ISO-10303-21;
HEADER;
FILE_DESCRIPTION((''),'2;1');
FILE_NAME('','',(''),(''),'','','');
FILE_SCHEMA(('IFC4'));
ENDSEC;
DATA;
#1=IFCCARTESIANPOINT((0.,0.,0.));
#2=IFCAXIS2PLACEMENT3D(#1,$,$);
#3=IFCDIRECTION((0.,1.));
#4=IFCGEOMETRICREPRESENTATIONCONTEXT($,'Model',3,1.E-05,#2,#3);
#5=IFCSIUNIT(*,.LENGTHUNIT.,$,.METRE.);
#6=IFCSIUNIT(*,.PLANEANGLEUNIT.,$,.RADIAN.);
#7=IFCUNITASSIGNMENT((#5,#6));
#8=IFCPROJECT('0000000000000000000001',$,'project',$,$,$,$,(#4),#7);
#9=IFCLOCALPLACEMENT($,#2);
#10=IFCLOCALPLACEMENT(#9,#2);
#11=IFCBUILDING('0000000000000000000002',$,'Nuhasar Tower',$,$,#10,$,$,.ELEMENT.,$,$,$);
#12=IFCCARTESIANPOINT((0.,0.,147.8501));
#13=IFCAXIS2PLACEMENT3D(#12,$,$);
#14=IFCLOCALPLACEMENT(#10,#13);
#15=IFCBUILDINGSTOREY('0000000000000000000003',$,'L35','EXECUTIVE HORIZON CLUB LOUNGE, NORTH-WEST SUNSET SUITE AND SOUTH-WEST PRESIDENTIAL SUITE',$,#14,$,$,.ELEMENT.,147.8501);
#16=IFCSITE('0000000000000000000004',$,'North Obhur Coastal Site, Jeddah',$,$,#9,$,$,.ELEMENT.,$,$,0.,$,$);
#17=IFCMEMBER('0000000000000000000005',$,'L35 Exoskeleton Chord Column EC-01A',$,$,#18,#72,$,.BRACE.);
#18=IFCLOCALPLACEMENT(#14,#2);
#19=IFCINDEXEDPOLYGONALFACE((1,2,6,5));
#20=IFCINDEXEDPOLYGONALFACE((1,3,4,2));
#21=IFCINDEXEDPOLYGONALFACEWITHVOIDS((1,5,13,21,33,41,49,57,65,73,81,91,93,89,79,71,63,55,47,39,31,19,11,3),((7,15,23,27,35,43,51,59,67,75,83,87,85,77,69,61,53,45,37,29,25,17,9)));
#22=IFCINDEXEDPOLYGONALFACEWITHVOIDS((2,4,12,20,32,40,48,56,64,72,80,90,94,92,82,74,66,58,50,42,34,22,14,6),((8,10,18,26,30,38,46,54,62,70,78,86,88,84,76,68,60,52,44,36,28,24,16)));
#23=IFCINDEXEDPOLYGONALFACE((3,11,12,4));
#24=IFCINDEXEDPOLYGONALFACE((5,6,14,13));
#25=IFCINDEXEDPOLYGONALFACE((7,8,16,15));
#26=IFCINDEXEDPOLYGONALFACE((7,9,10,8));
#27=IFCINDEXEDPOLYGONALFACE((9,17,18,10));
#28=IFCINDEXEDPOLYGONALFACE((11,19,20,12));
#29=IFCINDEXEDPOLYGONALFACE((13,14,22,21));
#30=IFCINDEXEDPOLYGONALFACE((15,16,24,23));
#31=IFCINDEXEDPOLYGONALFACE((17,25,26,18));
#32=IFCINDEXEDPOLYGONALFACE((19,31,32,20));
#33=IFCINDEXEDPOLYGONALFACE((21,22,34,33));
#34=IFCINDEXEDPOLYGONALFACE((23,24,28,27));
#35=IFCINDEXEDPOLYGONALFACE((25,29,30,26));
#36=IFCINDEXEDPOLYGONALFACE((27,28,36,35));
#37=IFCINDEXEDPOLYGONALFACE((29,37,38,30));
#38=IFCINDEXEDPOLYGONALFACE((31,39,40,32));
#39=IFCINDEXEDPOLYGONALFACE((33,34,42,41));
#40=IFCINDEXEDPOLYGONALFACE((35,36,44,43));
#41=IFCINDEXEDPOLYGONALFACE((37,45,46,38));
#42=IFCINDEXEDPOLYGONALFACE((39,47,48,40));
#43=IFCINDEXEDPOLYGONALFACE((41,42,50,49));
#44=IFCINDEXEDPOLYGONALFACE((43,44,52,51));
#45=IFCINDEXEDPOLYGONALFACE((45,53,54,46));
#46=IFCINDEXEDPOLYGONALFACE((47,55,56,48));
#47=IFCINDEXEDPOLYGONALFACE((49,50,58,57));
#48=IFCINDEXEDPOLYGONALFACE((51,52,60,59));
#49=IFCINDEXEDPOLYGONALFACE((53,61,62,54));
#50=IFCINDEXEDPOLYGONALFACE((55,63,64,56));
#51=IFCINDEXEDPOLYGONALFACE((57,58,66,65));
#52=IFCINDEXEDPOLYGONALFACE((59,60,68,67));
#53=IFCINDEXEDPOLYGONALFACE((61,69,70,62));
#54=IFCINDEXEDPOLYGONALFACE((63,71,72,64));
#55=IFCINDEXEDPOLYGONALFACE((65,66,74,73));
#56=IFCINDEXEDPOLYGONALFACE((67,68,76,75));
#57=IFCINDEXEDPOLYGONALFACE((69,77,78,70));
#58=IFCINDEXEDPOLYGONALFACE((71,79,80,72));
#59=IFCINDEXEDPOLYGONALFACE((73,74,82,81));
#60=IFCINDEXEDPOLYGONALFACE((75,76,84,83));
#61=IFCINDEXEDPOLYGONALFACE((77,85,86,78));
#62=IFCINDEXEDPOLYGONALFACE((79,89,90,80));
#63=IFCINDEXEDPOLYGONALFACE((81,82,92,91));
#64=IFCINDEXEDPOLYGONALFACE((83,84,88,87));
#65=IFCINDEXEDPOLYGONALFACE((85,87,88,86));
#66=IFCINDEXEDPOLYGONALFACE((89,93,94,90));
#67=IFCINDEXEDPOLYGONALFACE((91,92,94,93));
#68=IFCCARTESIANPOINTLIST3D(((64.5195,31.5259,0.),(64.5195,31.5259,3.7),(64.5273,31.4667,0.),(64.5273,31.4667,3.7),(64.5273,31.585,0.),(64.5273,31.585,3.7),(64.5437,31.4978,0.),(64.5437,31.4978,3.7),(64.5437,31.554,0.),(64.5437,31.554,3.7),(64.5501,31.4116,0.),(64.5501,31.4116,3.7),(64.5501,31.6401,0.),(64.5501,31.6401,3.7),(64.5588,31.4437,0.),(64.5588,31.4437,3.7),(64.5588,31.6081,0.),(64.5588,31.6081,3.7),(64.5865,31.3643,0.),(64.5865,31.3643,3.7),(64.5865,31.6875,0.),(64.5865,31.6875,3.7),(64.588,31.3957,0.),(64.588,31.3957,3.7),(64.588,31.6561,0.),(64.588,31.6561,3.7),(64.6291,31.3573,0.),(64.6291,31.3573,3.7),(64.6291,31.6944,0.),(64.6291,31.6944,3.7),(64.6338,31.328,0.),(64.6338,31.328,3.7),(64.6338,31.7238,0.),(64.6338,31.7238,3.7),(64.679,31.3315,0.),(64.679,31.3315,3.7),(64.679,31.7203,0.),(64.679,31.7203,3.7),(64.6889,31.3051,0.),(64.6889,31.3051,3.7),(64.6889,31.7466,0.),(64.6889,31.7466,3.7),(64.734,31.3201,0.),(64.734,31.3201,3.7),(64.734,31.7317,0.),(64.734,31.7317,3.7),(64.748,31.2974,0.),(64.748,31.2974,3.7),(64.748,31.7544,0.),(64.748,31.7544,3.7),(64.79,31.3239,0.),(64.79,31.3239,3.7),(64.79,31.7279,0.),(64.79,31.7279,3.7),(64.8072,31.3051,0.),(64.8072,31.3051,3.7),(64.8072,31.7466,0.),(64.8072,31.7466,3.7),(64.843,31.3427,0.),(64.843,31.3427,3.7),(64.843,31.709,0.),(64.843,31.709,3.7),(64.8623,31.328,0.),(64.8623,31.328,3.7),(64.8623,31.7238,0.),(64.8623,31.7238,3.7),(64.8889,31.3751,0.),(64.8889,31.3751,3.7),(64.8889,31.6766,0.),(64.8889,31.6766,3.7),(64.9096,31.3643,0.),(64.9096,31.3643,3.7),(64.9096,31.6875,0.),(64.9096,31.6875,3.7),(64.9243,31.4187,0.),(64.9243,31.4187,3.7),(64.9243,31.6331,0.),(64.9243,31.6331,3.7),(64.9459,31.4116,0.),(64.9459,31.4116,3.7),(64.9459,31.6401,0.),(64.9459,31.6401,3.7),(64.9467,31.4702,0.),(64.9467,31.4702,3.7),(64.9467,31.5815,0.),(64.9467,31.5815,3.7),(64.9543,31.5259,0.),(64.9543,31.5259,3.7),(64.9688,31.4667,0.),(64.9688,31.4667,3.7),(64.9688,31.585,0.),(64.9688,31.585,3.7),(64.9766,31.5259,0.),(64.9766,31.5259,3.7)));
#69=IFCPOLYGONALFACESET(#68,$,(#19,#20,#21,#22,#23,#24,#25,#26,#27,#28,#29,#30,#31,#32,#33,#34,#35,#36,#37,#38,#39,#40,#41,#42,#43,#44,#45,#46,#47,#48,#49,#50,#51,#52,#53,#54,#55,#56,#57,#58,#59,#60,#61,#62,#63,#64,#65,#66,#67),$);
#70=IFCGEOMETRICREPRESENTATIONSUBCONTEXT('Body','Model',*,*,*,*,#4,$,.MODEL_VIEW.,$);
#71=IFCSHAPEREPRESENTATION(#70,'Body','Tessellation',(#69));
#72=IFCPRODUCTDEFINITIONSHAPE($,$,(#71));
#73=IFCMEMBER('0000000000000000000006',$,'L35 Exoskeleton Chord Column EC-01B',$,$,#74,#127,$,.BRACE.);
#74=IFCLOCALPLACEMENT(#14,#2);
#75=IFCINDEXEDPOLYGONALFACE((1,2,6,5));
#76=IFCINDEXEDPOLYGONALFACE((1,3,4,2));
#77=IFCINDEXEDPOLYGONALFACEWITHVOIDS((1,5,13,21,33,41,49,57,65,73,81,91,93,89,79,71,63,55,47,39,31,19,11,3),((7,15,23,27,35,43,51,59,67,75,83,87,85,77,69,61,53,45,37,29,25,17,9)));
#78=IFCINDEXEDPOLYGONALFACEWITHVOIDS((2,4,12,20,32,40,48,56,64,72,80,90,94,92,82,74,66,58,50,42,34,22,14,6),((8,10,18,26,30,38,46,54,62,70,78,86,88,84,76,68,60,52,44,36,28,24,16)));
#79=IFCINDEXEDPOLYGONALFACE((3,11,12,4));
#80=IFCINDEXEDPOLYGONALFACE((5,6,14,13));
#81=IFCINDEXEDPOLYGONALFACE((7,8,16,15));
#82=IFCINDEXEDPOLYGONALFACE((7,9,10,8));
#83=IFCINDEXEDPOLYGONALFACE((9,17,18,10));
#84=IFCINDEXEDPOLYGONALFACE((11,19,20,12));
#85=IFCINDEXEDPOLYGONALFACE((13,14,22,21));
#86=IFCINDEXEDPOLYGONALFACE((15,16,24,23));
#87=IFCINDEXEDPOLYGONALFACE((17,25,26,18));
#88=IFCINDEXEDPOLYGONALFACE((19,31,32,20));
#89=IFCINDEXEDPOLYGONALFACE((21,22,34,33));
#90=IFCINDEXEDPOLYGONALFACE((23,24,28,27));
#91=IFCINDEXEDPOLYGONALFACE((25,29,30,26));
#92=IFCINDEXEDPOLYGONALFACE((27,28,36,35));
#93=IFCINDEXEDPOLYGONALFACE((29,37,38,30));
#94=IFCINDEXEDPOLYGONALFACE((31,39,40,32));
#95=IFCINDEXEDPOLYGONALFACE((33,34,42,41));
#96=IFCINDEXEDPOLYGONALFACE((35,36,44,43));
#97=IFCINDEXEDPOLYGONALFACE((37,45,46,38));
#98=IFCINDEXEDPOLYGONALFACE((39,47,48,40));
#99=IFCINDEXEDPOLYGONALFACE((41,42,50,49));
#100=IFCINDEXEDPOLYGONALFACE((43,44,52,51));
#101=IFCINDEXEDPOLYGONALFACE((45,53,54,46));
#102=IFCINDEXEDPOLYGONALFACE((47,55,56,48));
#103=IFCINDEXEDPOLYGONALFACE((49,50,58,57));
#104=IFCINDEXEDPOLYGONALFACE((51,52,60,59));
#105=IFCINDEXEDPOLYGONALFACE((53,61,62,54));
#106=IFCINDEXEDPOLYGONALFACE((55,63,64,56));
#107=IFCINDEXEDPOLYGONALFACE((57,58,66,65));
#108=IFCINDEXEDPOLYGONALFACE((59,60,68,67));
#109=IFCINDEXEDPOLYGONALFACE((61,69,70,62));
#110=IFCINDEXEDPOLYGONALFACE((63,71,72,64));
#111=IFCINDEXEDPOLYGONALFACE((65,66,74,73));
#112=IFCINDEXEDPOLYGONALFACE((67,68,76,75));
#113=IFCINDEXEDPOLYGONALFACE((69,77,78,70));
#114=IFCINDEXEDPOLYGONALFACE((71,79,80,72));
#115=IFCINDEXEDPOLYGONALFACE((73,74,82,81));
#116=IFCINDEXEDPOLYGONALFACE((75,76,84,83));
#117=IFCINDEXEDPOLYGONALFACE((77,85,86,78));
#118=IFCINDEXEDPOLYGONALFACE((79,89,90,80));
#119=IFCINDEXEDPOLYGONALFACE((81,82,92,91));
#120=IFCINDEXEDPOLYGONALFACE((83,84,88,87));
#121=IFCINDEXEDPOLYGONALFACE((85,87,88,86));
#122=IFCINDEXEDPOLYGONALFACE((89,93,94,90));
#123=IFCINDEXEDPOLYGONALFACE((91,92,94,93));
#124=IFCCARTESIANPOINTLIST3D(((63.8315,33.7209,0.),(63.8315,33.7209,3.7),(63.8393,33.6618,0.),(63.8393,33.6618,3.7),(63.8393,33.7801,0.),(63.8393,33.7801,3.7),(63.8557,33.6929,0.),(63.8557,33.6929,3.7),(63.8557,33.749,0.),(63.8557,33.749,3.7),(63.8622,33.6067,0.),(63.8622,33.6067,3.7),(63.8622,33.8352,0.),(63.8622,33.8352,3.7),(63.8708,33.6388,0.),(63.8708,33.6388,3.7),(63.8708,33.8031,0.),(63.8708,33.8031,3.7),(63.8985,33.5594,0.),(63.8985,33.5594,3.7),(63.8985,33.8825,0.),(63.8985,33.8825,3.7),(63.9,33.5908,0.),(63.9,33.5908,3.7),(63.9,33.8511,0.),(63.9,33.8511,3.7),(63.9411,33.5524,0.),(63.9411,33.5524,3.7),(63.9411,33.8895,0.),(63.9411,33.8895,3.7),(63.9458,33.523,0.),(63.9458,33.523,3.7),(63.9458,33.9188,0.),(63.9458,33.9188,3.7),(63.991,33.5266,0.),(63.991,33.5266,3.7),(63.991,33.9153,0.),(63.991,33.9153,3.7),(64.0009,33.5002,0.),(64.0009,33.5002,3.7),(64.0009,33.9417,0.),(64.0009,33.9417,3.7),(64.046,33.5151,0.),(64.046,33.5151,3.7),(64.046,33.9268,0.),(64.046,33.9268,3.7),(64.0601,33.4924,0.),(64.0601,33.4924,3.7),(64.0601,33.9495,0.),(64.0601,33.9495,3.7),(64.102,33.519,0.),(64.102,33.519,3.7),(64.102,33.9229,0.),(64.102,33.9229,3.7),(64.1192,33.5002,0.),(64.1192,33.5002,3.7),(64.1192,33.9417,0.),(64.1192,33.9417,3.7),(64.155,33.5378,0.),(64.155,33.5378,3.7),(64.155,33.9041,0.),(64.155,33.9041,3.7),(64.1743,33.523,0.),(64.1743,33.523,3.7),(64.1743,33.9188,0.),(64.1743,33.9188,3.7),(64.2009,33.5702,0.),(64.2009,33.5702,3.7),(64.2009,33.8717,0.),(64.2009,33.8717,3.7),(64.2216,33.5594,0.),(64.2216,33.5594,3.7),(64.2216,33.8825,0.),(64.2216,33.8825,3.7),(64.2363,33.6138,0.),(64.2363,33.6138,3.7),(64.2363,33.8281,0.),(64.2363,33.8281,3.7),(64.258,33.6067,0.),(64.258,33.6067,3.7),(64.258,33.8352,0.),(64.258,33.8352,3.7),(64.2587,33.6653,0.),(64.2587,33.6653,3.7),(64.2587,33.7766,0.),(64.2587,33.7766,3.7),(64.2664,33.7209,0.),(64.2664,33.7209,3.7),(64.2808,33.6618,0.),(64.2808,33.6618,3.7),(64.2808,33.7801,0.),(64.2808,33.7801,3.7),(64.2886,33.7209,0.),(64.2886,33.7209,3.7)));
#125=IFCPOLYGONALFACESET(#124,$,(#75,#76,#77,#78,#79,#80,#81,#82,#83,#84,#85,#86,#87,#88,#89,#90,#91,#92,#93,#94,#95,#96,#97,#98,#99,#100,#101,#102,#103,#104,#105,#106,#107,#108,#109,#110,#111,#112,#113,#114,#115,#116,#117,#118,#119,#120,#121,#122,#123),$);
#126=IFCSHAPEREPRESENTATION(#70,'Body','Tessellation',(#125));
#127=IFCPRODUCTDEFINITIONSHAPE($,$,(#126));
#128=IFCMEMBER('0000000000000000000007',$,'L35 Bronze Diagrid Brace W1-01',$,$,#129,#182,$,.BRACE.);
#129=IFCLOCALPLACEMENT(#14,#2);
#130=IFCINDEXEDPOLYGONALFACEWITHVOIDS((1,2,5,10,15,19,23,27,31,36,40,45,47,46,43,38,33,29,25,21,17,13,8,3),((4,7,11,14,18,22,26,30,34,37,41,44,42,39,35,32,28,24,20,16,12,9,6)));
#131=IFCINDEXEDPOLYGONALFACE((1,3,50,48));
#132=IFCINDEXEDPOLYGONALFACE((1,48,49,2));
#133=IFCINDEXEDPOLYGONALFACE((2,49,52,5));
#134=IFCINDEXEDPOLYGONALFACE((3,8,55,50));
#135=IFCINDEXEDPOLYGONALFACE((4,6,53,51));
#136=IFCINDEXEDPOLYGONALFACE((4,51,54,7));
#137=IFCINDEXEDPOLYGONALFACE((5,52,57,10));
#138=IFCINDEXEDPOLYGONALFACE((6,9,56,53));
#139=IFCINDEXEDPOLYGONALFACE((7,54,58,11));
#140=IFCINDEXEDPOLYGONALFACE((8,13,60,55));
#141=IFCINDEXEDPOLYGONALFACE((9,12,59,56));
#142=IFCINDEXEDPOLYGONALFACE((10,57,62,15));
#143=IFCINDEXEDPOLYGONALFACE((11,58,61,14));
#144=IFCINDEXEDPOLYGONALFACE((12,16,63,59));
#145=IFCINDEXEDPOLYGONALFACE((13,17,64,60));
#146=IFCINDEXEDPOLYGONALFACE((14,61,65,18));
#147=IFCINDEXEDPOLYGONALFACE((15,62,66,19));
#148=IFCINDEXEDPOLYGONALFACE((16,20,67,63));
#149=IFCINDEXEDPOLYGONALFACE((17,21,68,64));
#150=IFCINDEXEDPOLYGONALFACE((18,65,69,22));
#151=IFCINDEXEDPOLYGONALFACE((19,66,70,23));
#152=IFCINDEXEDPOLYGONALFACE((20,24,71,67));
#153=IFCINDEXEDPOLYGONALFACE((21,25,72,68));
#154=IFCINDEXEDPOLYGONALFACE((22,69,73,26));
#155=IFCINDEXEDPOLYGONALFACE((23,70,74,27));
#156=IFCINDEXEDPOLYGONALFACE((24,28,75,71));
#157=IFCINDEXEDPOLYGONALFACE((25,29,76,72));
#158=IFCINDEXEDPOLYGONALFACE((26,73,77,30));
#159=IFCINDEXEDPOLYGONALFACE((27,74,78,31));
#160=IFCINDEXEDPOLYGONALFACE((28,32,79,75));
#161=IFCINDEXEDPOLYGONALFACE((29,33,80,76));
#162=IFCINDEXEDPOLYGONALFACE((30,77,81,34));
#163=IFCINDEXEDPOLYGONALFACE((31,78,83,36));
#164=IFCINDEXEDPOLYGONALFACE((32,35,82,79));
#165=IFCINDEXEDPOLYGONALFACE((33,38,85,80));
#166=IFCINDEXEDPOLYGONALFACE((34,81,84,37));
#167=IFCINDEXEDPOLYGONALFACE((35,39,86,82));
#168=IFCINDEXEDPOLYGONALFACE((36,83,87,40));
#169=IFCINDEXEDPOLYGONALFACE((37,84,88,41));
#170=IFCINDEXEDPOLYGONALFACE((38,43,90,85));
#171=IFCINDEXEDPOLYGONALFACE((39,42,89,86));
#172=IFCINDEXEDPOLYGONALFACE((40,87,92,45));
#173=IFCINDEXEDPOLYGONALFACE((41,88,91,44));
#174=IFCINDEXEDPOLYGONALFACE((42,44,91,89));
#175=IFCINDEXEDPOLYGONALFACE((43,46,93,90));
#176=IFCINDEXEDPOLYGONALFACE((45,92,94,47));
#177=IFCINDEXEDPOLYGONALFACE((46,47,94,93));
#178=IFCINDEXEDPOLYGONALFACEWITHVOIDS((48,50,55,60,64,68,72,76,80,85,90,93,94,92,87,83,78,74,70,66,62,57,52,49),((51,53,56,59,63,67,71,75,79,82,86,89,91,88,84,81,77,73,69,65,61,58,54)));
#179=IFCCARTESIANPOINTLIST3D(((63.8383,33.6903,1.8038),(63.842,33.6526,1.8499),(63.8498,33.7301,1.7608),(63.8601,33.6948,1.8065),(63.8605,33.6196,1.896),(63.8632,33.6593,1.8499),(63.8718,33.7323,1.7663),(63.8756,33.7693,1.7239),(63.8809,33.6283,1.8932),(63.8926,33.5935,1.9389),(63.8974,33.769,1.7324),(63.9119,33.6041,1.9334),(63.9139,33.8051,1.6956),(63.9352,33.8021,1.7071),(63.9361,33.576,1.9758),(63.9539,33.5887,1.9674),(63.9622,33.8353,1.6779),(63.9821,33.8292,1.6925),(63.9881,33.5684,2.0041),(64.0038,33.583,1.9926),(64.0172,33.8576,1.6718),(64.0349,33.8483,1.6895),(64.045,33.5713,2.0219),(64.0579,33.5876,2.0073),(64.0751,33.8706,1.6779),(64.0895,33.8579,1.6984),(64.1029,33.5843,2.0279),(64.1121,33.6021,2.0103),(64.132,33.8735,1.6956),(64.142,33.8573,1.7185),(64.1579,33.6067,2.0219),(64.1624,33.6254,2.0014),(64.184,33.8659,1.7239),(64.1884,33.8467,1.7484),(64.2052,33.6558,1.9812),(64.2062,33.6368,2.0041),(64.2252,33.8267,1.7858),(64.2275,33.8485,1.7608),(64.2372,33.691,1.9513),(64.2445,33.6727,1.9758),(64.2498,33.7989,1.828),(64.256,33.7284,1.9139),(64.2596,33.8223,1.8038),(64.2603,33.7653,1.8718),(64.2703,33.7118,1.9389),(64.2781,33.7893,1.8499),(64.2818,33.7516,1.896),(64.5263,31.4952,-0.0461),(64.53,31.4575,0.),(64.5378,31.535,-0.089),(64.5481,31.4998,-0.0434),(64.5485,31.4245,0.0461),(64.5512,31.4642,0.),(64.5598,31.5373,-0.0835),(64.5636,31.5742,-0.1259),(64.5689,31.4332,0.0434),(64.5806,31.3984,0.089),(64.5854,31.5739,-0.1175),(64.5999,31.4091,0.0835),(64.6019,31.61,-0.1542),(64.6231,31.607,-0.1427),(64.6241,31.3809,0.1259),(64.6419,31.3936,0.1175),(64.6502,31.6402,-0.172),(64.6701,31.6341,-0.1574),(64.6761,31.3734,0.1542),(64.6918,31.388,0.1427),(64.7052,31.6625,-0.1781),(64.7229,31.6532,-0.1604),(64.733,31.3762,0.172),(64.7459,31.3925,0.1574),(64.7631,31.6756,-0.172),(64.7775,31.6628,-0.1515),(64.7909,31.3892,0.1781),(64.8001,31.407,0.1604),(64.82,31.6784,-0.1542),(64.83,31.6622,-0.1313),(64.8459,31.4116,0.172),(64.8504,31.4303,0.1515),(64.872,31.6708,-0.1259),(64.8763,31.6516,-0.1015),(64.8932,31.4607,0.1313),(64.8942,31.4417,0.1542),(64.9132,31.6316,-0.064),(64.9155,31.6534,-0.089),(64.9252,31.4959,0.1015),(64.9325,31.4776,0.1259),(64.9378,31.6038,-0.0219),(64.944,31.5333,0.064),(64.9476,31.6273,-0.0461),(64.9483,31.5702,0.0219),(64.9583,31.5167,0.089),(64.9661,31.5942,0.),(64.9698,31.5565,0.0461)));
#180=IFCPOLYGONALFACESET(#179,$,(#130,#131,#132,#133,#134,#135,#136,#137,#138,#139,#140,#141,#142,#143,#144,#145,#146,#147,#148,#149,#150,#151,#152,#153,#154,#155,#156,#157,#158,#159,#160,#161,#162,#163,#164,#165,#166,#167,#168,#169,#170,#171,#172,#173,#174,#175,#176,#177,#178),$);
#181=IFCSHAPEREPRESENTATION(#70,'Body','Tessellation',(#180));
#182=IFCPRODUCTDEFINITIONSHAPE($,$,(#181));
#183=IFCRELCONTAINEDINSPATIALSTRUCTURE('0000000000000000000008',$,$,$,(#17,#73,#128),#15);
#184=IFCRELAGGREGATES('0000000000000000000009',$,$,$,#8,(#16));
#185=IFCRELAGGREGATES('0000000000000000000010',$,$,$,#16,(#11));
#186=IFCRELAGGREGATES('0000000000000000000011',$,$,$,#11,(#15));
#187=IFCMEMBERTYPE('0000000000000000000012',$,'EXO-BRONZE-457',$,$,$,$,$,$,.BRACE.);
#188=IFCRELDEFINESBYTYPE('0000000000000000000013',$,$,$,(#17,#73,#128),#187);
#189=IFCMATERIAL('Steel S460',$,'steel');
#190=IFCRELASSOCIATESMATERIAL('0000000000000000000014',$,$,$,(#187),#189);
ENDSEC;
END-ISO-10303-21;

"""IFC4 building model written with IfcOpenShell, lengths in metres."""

from ifc_helpers import new_model, si_unit, direction, frame, origin, origin_2d, place, context, subcontext, project, spatial, hollow_circle, extrude, material, material_profile, profile_set, type_object, element, save


model = new_model("IFC4")

# Units and contexts
model_context = context("Model", 3, precision=1e-05, world=origin(), true_north=direction((0.0, 1.0)))
body_context = subcontext(model_context, "Body", "Model", "MODEL_VIEW")
ifc_project = project(units=[si_unit("LENGTHUNIT", "METRE"), si_unit("PLANEANGLEUNIT", "RADIAN")], contexts=[model_context])

# Site, building, storey
site_placement = place(None, origin())
site = spatial("IfcSite", under=ifc_project, at=site_placement, Name="North Obhur Coastal Site, Jeddah", CompositionType="ELEMENT", RefElevation=0.0)
building_placement = place(site_placement, origin())
building = spatial("IfcBuilding", under=site, at=building_placement, Name="Nuhasar Tower", CompositionType="ELEMENT")
storey_placement = place(building_placement, frame((0.0, 0.0, 147.8501)))
storey = spatial("IfcBuildingStorey", under=building, at=storey_placement, Name="L35", Description="EXECUTIVE HORIZON CLUB LOUNGE, NORTH-WEST SUNSET SUITE AND SOUTH-WEST PRESIDENTIAL SUITE", CompositionType="ELEMENT", Elevation=147.8501)

# Members
ifc_material_1 = material(Name="Steel S460", Category="steel")
ifc_material_profile_1 = material_profile(ifc_material_1, hollow_circle(Radius=0.2285, WallThickness=0.0222, at=origin_2d()), Name="HSS457X22.2")
ifc_profile_set_1 = profile_set([ifc_material_profile_1], Name="Steel S460")
member_type_1 = type_object("IfcMemberType", Name="EXO-BRONZE-457", PredefinedType="BRACE", material=ifc_profile_set_1)
for number, where, z_axis, x_axis, name in (
    (1, (64.748, 31.5259, 0.0), (0.0, 0.0, 1.0), (1.0, 0.0, 0.0), "L35 Exoskeleton Chord Column EC-01A"),
    (2, (64.0601, 33.7209, 0.0), (0.0, 0.0, 1.0), (1.0, 0.0, 0.0), "L35 Exoskeleton Chord Column EC-01B"),
):
    element("IfcMember", number, at=place(storey_placement, frame(where, z_axis=z_axis, x_axis=x_axis)), inside=storey, type_object=member_type_1, Name=name, PredefinedType="BRACE", context=body_context, shape_type="SweptSolid", body=[
        extrude(hollow_circle(Radius=0.2285, WallThickness=0.0222, at=origin_2d()), origin(), (0.0, 0.0, 1.0), 3.7),
    ])
member_1_placement = place(storey_placement, frame((64.748, 31.5259, 0.0), z_axis=(-0.233068, 0.743616, 0.626669), x_axis=(-0.954228, -0.299079, 0.0)))
element("IfcMember", 3, at=member_1_placement, inside=storey, type_object=member_type_1, Name="L35 Bronze Diagrid Brace W1-01", PredefinedType="BRACE", context=body_context, shape_type="SweptSolid", body=[
    extrude(hollow_circle(Radius=0.2285, WallThickness=0.0222, at=origin_2d()), origin(), (0.0, 0.0, 1.0), 2.9519),
])

save(model, "model.ifc")
